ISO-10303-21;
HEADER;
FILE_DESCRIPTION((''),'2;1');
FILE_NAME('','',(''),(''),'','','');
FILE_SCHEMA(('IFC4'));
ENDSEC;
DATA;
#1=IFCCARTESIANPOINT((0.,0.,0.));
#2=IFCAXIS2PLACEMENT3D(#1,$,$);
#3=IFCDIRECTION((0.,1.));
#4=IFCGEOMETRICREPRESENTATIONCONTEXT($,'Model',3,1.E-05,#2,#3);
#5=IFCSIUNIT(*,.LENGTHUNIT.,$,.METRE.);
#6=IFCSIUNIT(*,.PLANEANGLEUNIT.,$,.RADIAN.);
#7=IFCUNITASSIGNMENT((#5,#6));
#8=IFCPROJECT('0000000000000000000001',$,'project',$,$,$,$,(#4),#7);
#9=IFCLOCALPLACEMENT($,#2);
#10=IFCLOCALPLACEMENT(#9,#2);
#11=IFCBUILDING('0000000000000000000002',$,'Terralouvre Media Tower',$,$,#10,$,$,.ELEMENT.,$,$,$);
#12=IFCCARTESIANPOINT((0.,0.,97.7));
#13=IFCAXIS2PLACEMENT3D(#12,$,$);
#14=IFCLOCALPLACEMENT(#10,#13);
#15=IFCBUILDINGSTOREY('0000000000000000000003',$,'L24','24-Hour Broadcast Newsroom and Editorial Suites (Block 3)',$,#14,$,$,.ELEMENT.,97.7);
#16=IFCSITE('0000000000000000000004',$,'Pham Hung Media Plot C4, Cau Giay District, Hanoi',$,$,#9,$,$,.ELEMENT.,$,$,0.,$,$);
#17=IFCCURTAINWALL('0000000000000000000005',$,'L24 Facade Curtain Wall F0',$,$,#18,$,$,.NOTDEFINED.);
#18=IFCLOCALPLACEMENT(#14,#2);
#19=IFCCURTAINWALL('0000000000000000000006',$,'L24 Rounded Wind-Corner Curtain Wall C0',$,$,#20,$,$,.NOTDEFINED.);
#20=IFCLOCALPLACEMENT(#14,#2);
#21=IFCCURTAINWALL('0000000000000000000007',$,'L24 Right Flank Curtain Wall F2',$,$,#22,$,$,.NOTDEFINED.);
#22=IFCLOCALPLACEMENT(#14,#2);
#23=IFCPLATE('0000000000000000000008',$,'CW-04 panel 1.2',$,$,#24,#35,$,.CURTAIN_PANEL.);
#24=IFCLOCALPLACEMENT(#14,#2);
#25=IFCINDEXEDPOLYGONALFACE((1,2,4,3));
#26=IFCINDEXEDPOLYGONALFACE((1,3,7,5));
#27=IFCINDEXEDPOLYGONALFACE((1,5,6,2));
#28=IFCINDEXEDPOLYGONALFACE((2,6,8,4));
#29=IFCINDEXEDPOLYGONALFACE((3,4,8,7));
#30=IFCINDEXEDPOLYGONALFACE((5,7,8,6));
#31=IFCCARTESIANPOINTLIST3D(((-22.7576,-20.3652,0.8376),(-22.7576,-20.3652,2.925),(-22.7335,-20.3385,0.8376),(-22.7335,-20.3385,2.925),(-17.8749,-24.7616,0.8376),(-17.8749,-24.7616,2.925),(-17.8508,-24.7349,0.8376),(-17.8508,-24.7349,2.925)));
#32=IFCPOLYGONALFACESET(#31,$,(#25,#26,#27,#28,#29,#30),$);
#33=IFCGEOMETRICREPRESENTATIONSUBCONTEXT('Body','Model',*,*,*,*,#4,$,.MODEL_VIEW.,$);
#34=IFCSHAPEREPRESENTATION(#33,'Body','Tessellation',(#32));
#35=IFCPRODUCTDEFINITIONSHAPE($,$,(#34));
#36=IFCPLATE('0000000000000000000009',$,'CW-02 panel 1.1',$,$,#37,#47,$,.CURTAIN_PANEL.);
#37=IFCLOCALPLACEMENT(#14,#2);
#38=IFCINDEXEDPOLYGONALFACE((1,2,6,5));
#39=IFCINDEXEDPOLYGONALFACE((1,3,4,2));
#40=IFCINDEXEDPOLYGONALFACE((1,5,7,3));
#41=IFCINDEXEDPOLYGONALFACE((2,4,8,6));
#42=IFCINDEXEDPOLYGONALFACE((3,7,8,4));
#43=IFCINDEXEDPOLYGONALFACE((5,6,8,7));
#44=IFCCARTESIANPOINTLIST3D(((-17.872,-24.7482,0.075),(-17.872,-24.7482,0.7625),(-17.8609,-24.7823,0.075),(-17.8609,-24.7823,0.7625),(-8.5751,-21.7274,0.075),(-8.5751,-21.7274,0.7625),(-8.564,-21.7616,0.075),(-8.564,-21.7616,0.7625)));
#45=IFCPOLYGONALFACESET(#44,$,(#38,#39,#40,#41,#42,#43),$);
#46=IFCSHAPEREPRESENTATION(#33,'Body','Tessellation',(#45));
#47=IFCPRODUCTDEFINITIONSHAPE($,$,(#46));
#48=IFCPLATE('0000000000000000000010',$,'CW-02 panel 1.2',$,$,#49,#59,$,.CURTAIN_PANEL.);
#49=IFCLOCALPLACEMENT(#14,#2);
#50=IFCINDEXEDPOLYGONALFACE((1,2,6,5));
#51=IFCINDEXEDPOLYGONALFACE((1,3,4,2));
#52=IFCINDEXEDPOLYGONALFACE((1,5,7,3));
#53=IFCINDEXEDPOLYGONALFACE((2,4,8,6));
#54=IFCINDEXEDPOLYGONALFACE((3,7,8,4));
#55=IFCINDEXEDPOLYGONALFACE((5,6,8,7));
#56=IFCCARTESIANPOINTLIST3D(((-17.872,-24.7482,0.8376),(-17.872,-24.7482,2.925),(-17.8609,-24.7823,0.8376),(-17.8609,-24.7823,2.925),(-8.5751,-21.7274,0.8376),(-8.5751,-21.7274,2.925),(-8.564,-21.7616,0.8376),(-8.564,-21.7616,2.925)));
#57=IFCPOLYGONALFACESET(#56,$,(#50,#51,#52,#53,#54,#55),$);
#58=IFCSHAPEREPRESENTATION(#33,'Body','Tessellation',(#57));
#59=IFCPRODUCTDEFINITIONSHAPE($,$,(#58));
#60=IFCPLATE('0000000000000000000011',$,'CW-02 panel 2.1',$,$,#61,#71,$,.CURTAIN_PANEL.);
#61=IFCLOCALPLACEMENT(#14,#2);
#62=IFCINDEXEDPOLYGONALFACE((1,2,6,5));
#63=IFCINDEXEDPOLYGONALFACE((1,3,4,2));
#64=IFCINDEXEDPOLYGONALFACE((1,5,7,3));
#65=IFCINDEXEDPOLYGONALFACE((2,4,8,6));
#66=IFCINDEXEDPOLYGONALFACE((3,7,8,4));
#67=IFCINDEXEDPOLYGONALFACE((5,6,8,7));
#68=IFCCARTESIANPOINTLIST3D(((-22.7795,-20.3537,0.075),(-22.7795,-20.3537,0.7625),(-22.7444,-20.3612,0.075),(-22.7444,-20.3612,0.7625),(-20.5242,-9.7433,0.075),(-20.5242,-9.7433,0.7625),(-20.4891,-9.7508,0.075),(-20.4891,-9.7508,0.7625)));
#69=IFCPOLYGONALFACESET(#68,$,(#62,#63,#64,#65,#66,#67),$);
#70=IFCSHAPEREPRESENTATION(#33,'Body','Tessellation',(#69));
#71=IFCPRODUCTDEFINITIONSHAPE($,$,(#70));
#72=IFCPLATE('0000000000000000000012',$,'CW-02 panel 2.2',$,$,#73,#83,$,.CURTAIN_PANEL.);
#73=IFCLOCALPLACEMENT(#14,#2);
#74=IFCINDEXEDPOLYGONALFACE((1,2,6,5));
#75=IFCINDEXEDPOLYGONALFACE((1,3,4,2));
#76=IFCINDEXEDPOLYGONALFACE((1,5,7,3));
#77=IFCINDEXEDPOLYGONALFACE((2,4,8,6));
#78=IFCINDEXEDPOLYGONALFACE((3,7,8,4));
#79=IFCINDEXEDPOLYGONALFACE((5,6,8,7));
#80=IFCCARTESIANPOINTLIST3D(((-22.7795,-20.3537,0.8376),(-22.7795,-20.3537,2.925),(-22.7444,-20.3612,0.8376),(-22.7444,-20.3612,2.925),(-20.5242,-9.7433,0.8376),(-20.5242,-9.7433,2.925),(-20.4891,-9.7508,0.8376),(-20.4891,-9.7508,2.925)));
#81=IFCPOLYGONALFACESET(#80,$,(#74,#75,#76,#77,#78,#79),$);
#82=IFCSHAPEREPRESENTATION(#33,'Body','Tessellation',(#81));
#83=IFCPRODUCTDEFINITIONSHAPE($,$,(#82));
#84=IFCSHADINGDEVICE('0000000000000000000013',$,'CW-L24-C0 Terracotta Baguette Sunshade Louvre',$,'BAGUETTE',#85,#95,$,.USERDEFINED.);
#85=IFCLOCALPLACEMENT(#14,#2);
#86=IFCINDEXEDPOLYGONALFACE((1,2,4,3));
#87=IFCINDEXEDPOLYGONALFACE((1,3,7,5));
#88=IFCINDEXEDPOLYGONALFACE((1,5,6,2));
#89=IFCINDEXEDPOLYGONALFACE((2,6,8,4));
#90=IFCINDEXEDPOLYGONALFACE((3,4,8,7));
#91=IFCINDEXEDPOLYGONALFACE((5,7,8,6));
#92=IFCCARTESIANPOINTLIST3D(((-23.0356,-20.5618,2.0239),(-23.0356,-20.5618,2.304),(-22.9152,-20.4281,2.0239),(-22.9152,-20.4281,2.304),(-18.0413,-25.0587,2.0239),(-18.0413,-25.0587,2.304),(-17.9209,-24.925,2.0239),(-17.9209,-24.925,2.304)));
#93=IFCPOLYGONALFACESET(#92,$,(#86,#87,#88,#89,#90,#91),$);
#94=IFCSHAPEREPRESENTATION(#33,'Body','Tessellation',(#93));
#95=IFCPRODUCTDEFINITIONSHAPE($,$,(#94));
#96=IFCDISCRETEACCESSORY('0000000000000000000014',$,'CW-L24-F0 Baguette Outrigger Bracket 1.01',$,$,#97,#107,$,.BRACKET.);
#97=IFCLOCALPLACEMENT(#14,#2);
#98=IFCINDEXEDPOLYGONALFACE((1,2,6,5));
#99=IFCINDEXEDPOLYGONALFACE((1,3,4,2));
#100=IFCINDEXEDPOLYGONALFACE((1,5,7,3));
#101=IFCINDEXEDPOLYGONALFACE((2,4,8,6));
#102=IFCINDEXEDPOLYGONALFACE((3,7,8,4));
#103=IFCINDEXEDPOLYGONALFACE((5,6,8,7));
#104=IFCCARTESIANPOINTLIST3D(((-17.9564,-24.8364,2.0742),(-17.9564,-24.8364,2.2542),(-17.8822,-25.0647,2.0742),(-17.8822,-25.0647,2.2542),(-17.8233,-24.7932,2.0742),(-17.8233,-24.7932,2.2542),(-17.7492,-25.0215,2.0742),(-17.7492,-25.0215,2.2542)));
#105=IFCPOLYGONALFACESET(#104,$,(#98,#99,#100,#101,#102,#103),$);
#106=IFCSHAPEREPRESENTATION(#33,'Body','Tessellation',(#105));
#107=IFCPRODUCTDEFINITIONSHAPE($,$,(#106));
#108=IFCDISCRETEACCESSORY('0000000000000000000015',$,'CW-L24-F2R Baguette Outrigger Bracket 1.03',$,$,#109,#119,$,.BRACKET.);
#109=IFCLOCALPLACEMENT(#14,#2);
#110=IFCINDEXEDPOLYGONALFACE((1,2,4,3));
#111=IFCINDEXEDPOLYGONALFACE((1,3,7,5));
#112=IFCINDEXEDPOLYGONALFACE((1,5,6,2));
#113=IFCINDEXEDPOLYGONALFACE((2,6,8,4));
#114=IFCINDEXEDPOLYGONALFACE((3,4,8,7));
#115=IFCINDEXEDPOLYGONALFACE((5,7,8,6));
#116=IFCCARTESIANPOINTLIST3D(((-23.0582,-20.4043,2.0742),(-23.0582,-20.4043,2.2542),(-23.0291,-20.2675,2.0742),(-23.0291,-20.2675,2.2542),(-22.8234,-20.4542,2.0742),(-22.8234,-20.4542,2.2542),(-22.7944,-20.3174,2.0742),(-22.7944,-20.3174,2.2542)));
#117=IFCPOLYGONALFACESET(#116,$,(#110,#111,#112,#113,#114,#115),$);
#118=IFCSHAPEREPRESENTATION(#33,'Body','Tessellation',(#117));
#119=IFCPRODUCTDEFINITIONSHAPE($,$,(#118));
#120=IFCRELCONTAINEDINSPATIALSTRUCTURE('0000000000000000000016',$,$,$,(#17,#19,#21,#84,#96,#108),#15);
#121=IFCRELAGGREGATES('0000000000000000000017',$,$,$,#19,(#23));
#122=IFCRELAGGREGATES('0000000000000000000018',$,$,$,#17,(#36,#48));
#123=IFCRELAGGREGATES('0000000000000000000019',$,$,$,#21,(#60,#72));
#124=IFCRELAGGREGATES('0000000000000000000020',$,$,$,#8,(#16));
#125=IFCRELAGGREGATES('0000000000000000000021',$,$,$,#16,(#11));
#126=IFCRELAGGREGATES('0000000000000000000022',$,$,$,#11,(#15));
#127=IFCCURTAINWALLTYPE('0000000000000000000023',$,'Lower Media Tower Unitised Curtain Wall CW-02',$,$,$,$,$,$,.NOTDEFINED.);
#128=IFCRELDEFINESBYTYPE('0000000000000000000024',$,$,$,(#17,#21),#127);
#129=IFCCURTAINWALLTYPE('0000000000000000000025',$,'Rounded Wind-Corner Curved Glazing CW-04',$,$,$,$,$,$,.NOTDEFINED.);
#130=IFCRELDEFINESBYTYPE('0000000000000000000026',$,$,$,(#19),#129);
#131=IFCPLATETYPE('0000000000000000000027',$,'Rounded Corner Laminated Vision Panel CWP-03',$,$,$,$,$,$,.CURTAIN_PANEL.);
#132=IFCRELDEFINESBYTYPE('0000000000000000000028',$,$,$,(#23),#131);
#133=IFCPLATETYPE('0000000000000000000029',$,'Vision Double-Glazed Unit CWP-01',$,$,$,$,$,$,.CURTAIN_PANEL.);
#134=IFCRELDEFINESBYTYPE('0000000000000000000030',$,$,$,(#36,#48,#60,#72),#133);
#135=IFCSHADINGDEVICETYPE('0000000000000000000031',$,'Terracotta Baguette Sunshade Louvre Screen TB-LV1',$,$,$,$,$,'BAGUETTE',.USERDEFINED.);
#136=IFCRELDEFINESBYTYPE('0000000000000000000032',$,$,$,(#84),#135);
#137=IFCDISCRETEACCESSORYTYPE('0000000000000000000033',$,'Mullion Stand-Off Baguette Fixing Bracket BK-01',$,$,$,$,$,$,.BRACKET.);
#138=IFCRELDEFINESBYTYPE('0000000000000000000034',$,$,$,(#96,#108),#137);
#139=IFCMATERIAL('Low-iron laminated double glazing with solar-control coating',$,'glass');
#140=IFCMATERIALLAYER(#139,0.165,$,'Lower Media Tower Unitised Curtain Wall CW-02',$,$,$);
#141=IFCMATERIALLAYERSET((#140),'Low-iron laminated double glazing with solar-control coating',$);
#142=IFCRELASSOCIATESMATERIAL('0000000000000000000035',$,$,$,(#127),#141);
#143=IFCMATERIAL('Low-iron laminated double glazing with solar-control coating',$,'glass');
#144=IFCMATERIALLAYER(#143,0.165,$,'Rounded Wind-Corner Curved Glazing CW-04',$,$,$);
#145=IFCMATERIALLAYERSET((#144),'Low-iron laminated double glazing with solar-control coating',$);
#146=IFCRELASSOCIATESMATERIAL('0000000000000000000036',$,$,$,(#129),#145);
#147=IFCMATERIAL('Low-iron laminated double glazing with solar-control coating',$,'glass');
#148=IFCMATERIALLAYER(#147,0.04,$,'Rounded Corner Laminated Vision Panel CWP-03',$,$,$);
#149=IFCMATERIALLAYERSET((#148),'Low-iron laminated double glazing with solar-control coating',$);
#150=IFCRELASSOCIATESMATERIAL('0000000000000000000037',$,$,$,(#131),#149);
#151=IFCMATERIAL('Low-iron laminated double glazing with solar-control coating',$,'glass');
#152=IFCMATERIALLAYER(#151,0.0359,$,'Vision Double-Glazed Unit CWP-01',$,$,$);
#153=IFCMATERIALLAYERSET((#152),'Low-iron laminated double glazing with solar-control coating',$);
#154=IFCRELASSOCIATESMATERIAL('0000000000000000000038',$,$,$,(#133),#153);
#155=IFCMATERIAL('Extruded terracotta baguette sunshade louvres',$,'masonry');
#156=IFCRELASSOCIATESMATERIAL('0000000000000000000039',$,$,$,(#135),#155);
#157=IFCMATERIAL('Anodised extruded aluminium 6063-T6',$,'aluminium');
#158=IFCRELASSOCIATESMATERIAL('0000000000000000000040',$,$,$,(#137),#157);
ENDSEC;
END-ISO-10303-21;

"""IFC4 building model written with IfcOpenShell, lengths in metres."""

from ifc_helpers import new_model, si_unit, direction, frame, origin, origin_2d, place, context, subcontext, project, spatial, rectangle, extrude, material, layer, layer_set, type_object, element, aggregate, save


model = new_model("IFC4")

# Units and contexts
model_context = context("Model", 3, precision=1e-05, world=origin(), true_north=direction((0.0, 1.0)))
body_context = subcontext(model_context, "Body", "Model", "MODEL_VIEW")
ifc_project = project(units=[si_unit("LENGTHUNIT", "METRE"), si_unit("PLANEANGLEUNIT", "RADIAN")], contexts=[model_context])

# Site, building, storey
site_placement = place(None, origin())
site = spatial("IfcSite", under=ifc_project, at=site_placement, Name="Pham Hung Media Plot C4, Cau Giay District, Hanoi", CompositionType="ELEMENT", RefElevation=0.0)
building_placement = place(site_placement, origin())
building = spatial("IfcBuilding", under=site, at=building_placement, Name="Terralouvre Media Tower", CompositionType="ELEMENT")
storey_placement = place(building_placement, frame((0.0, 0.0, 97.7)))
storey = spatial("IfcBuildingStorey", under=building, at=storey_placement, Name="L24", Description="24-Hour Broadcast Newsroom and Editorial Suites (Block 3)", CompositionType="ELEMENT", Elevation=97.7)

# Curtain walls
ifc_material_1 = material(Name="Low-iron laminated double glazing with solar-control coating", Category="glass")
ifc_layer_1 = layer(ifc_material_1, 0.165, Name="Lower Media Tower Unitised Curtain Wall CW-02")
ifc_layer_set_1 = layer_set([ifc_layer_1], Name="Low-iron laminated double glazing with solar-control coating")
curtain_wall_type_1 = type_object("IfcCurtainWallType", Name="Lower Media Tower Unitised Curtain Wall CW-02", PredefinedType="NOTDEFINED", material=ifc_layer_set_1)
curtain_wall_1_placement = place(storey_placement, origin())
curtain_wall_1 = element("IfcCurtainWall", 1, at=curtain_wall_1_placement, inside=storey, type_object=curtain_wall_type_1, Name="L24 Facade Curtain Wall F0", PredefinedType="NOTDEFINED")
ifc_material_2 = material(Name="Low-iron laminated double glazing with solar-control coating", Category="glass")
ifc_layer_2 = layer(ifc_material_2, 0.165, Name="Rounded Wind-Corner Curved Glazing CW-04")
ifc_layer_set_2 = layer_set([ifc_layer_2], Name="Low-iron laminated double glazing with solar-control coating")
curtain_wall_type_2 = type_object("IfcCurtainWallType", Name="Rounded Wind-Corner Curved Glazing CW-04", PredefinedType="NOTDEFINED", material=ifc_layer_set_2)
curtain_wall_2_placement = place(storey_placement, origin())
curtain_wall_2 = element("IfcCurtainWall", 2, at=curtain_wall_2_placement, inside=storey, type_object=curtain_wall_type_2, Name="L24 Rounded Wind-Corner Curtain Wall C0", PredefinedType="NOTDEFINED")

# Curtain wall
curtain_wall_3_placement = place(storey_placement, origin())
curtain_wall_3 = element("IfcCurtainWall", 3, at=curtain_wall_3_placement, inside=storey, type_object=curtain_wall_type_1, Name="L24 Right Flank Curtain Wall F2", PredefinedType="NOTDEFINED")

# Plates
ifc_material_3 = material(Name="Low-iron laminated double glazing with solar-control coating", Category="glass")
ifc_layer_3 = layer(ifc_material_3, 0.04, Name="Rounded Corner Laminated Vision Panel CWP-03")
ifc_layer_set_3 = layer_set([ifc_layer_3], Name="Low-iron laminated double glazing with solar-control coating")
plate_type_1 = type_object("IfcPlateType", Name="Rounded Corner Laminated Vision Panel CWP-03", PredefinedType="CURTAIN_PANEL", material=ifc_layer_set_3)
plate_1_placement = place(storey_placement, frame((-20.3042, -22.55, 0.8376), z_axis=(0.0, 0.0, 1.0), x_axis=(0.743145, -0.669131, 0.0)))
plate_1 = element("IfcPlate", 4, at=plate_1_placement, type_object=plate_type_1, Name="CW-04 panel 1.2", PredefinedType="CURTAIN_PANEL", context=body_context, shape_type="SweptSolid", body=[
    extrude(rectangle(XDim=6.5703, YDim=0.0359, at=origin_2d()), origin(), (0.0, 0.0, 1.0), 2.0874),
])
aggregate(curtain_wall_2, [plate_1])
ifc_material_4 = material(Name="Low-iron laminated double glazing with solar-control coating", Category="glass")
ifc_layer_4 = layer(ifc_material_4, 0.0359, Name="Vision Double-Glazed Unit CWP-01")
ifc_layer_set_4 = layer_set([ifc_layer_4], Name="Low-iron laminated double glazing with solar-control coating")
plate_type_2 = type_object("IfcPlateType", Name="Vision Double-Glazed Unit CWP-01", PredefinedType="CURTAIN_PANEL", material=ifc_layer_set_4)
plate_2_placement = place(storey_placement, frame((-13.218, -23.2549, 0.075), z_axis=(0.0, 0.0, 1.0), x_axis=(0.951057, 0.309017, 0.0)))
plate_2 = element("IfcPlate", 5, at=plate_2_placement, type_object=plate_type_2, Name="CW-02 panel 1.1", PredefinedType="CURTAIN_PANEL", context=body_context, shape_type="SweptSolid", body=[
    extrude(rectangle(XDim=9.7754, YDim=0.0359, at=origin_2d()), origin(), (0.0, 0.0, 1.0), 0.6875),
])
plate_3_placement = place(storey_placement, frame((-13.218, -23.2549, 0.8376), z_axis=(0.0, 0.0, 1.0), x_axis=(0.951057, 0.309017, 0.0)))
plate_3 = element("IfcPlate", 6, at=plate_3_placement, type_object=plate_type_2, Name="CW-02 panel 1.2", PredefinedType="CURTAIN_PANEL", context=body_context, shape_type="SweptSolid", body=[
    extrude(rectangle(XDim=9.7754, YDim=0.0359, at=origin_2d()), origin(), (0.0, 0.0, 1.0), 2.0874),
])
aggregate(curtain_wall_1, [plate_2, plate_3])
plate_4_placement = place(storey_placement, frame((-21.6343, -15.0522, 0.075), z_axis=(0.0, 0.0, 1.0), x_axis=(-0.207911, -0.978148, 0.0)))
plate_4 = element("IfcPlate", 7, at=plate_4_placement, type_object=plate_type_2, Name="CW-02 panel 2.1", PredefinedType="CURTAIN_PANEL", context=body_context, shape_type="SweptSolid", body=[
    extrude(rectangle(XDim=10.8474, YDim=0.0359, at=origin_2d()), origin(), (0.0, 0.0, 1.0), 0.6875),
])
plate_5_placement = place(storey_placement, frame((-21.6343, -15.0522, 0.8376), z_axis=(0.0, 0.0, 1.0), x_axis=(-0.207911, -0.978148, 0.0)))
plate_5 = element("IfcPlate", 8, at=plate_5_placement, type_object=plate_type_2, Name="CW-02 panel 2.2", PredefinedType="CURTAIN_PANEL", context=body_context, shape_type="SweptSolid", body=[
    extrude(rectangle(XDim=10.8474, YDim=0.0359, at=origin_2d()), origin(), (0.0, 0.0, 1.0), 2.0874),
])
aggregate(curtain_wall_3, [plate_4, plate_5])

# Shading device
ifc_material_5 = material(Name="Extruded terracotta baguette sunshade louvres", Category="masonry")
shading_device_type = type_object("IfcShadingDeviceType", Name="Terracotta Baguette Sunshade Louvre Screen TB-LV1", ElementType="BAGUETTE", PredefinedType="USERDEFINED", material=ifc_material_5)
shading_device_placement = place(storey_placement, frame((-20.4783, -22.7434, 2.0239), z_axis=(0.0, 0.0, 1.0), x_axis=(0.743145, -0.669131, 0.0)))
element("IfcShadingDevice", 9, at=shading_device_placement, inside=storey, type_object=shading_device_type, Name="CW-L24-C0 Terracotta Baguette Sunshade Louvre", ObjectType="BAGUETTE", PredefinedType="USERDEFINED", context=body_context, shape_type="SweptSolid", body=[
    extrude(rectangle(XDim=6.7205, YDim=0.1799, at=origin_2d()), origin(), (0.0, 0.0, 1.0), 0.28),
])

# Discrete accessories
ifc_material_6 = material(Name="Anodised extruded aluminium 6063-T6", Category="aluminium")
discrete_accessory_type = type_object("IfcDiscreteAccessoryType", Name="Mullion Stand-Off Baguette Fixing Bracket BK-01", PredefinedType="BRACKET", material=ifc_material_6)
for number, where, z_axis, x_axis, name in (
    (10, (-17.8528, -24.929, 2.0742), (0.0, 0.0, 1.0), (0.951057, 0.309017, 0.0), "CW-L24-F0 Baguette Outrigger Bracket 1.01"),
    (11, (-22.9263, -20.3608, 2.0742), (0.0, 0.0, 1.0), (-0.207911, -0.978148, 0.0), "CW-L24-F2R Baguette Outrigger Bracket 1.03"),
):
    element("IfcDiscreteAccessory", number, at=place(storey_placement, frame(where, z_axis=z_axis, x_axis=x_axis)), inside=storey, type_object=discrete_accessory_type, Name=name, PredefinedType="BRACKET", context=body_context, shape_type="SweptSolid", body=[
        extrude(rectangle(XDim=0.1399, YDim=0.24, at=origin_2d()), origin(), (0.0, 0.0, 1.0), 0.1799),
    ])

save(model, "model.ifc")
